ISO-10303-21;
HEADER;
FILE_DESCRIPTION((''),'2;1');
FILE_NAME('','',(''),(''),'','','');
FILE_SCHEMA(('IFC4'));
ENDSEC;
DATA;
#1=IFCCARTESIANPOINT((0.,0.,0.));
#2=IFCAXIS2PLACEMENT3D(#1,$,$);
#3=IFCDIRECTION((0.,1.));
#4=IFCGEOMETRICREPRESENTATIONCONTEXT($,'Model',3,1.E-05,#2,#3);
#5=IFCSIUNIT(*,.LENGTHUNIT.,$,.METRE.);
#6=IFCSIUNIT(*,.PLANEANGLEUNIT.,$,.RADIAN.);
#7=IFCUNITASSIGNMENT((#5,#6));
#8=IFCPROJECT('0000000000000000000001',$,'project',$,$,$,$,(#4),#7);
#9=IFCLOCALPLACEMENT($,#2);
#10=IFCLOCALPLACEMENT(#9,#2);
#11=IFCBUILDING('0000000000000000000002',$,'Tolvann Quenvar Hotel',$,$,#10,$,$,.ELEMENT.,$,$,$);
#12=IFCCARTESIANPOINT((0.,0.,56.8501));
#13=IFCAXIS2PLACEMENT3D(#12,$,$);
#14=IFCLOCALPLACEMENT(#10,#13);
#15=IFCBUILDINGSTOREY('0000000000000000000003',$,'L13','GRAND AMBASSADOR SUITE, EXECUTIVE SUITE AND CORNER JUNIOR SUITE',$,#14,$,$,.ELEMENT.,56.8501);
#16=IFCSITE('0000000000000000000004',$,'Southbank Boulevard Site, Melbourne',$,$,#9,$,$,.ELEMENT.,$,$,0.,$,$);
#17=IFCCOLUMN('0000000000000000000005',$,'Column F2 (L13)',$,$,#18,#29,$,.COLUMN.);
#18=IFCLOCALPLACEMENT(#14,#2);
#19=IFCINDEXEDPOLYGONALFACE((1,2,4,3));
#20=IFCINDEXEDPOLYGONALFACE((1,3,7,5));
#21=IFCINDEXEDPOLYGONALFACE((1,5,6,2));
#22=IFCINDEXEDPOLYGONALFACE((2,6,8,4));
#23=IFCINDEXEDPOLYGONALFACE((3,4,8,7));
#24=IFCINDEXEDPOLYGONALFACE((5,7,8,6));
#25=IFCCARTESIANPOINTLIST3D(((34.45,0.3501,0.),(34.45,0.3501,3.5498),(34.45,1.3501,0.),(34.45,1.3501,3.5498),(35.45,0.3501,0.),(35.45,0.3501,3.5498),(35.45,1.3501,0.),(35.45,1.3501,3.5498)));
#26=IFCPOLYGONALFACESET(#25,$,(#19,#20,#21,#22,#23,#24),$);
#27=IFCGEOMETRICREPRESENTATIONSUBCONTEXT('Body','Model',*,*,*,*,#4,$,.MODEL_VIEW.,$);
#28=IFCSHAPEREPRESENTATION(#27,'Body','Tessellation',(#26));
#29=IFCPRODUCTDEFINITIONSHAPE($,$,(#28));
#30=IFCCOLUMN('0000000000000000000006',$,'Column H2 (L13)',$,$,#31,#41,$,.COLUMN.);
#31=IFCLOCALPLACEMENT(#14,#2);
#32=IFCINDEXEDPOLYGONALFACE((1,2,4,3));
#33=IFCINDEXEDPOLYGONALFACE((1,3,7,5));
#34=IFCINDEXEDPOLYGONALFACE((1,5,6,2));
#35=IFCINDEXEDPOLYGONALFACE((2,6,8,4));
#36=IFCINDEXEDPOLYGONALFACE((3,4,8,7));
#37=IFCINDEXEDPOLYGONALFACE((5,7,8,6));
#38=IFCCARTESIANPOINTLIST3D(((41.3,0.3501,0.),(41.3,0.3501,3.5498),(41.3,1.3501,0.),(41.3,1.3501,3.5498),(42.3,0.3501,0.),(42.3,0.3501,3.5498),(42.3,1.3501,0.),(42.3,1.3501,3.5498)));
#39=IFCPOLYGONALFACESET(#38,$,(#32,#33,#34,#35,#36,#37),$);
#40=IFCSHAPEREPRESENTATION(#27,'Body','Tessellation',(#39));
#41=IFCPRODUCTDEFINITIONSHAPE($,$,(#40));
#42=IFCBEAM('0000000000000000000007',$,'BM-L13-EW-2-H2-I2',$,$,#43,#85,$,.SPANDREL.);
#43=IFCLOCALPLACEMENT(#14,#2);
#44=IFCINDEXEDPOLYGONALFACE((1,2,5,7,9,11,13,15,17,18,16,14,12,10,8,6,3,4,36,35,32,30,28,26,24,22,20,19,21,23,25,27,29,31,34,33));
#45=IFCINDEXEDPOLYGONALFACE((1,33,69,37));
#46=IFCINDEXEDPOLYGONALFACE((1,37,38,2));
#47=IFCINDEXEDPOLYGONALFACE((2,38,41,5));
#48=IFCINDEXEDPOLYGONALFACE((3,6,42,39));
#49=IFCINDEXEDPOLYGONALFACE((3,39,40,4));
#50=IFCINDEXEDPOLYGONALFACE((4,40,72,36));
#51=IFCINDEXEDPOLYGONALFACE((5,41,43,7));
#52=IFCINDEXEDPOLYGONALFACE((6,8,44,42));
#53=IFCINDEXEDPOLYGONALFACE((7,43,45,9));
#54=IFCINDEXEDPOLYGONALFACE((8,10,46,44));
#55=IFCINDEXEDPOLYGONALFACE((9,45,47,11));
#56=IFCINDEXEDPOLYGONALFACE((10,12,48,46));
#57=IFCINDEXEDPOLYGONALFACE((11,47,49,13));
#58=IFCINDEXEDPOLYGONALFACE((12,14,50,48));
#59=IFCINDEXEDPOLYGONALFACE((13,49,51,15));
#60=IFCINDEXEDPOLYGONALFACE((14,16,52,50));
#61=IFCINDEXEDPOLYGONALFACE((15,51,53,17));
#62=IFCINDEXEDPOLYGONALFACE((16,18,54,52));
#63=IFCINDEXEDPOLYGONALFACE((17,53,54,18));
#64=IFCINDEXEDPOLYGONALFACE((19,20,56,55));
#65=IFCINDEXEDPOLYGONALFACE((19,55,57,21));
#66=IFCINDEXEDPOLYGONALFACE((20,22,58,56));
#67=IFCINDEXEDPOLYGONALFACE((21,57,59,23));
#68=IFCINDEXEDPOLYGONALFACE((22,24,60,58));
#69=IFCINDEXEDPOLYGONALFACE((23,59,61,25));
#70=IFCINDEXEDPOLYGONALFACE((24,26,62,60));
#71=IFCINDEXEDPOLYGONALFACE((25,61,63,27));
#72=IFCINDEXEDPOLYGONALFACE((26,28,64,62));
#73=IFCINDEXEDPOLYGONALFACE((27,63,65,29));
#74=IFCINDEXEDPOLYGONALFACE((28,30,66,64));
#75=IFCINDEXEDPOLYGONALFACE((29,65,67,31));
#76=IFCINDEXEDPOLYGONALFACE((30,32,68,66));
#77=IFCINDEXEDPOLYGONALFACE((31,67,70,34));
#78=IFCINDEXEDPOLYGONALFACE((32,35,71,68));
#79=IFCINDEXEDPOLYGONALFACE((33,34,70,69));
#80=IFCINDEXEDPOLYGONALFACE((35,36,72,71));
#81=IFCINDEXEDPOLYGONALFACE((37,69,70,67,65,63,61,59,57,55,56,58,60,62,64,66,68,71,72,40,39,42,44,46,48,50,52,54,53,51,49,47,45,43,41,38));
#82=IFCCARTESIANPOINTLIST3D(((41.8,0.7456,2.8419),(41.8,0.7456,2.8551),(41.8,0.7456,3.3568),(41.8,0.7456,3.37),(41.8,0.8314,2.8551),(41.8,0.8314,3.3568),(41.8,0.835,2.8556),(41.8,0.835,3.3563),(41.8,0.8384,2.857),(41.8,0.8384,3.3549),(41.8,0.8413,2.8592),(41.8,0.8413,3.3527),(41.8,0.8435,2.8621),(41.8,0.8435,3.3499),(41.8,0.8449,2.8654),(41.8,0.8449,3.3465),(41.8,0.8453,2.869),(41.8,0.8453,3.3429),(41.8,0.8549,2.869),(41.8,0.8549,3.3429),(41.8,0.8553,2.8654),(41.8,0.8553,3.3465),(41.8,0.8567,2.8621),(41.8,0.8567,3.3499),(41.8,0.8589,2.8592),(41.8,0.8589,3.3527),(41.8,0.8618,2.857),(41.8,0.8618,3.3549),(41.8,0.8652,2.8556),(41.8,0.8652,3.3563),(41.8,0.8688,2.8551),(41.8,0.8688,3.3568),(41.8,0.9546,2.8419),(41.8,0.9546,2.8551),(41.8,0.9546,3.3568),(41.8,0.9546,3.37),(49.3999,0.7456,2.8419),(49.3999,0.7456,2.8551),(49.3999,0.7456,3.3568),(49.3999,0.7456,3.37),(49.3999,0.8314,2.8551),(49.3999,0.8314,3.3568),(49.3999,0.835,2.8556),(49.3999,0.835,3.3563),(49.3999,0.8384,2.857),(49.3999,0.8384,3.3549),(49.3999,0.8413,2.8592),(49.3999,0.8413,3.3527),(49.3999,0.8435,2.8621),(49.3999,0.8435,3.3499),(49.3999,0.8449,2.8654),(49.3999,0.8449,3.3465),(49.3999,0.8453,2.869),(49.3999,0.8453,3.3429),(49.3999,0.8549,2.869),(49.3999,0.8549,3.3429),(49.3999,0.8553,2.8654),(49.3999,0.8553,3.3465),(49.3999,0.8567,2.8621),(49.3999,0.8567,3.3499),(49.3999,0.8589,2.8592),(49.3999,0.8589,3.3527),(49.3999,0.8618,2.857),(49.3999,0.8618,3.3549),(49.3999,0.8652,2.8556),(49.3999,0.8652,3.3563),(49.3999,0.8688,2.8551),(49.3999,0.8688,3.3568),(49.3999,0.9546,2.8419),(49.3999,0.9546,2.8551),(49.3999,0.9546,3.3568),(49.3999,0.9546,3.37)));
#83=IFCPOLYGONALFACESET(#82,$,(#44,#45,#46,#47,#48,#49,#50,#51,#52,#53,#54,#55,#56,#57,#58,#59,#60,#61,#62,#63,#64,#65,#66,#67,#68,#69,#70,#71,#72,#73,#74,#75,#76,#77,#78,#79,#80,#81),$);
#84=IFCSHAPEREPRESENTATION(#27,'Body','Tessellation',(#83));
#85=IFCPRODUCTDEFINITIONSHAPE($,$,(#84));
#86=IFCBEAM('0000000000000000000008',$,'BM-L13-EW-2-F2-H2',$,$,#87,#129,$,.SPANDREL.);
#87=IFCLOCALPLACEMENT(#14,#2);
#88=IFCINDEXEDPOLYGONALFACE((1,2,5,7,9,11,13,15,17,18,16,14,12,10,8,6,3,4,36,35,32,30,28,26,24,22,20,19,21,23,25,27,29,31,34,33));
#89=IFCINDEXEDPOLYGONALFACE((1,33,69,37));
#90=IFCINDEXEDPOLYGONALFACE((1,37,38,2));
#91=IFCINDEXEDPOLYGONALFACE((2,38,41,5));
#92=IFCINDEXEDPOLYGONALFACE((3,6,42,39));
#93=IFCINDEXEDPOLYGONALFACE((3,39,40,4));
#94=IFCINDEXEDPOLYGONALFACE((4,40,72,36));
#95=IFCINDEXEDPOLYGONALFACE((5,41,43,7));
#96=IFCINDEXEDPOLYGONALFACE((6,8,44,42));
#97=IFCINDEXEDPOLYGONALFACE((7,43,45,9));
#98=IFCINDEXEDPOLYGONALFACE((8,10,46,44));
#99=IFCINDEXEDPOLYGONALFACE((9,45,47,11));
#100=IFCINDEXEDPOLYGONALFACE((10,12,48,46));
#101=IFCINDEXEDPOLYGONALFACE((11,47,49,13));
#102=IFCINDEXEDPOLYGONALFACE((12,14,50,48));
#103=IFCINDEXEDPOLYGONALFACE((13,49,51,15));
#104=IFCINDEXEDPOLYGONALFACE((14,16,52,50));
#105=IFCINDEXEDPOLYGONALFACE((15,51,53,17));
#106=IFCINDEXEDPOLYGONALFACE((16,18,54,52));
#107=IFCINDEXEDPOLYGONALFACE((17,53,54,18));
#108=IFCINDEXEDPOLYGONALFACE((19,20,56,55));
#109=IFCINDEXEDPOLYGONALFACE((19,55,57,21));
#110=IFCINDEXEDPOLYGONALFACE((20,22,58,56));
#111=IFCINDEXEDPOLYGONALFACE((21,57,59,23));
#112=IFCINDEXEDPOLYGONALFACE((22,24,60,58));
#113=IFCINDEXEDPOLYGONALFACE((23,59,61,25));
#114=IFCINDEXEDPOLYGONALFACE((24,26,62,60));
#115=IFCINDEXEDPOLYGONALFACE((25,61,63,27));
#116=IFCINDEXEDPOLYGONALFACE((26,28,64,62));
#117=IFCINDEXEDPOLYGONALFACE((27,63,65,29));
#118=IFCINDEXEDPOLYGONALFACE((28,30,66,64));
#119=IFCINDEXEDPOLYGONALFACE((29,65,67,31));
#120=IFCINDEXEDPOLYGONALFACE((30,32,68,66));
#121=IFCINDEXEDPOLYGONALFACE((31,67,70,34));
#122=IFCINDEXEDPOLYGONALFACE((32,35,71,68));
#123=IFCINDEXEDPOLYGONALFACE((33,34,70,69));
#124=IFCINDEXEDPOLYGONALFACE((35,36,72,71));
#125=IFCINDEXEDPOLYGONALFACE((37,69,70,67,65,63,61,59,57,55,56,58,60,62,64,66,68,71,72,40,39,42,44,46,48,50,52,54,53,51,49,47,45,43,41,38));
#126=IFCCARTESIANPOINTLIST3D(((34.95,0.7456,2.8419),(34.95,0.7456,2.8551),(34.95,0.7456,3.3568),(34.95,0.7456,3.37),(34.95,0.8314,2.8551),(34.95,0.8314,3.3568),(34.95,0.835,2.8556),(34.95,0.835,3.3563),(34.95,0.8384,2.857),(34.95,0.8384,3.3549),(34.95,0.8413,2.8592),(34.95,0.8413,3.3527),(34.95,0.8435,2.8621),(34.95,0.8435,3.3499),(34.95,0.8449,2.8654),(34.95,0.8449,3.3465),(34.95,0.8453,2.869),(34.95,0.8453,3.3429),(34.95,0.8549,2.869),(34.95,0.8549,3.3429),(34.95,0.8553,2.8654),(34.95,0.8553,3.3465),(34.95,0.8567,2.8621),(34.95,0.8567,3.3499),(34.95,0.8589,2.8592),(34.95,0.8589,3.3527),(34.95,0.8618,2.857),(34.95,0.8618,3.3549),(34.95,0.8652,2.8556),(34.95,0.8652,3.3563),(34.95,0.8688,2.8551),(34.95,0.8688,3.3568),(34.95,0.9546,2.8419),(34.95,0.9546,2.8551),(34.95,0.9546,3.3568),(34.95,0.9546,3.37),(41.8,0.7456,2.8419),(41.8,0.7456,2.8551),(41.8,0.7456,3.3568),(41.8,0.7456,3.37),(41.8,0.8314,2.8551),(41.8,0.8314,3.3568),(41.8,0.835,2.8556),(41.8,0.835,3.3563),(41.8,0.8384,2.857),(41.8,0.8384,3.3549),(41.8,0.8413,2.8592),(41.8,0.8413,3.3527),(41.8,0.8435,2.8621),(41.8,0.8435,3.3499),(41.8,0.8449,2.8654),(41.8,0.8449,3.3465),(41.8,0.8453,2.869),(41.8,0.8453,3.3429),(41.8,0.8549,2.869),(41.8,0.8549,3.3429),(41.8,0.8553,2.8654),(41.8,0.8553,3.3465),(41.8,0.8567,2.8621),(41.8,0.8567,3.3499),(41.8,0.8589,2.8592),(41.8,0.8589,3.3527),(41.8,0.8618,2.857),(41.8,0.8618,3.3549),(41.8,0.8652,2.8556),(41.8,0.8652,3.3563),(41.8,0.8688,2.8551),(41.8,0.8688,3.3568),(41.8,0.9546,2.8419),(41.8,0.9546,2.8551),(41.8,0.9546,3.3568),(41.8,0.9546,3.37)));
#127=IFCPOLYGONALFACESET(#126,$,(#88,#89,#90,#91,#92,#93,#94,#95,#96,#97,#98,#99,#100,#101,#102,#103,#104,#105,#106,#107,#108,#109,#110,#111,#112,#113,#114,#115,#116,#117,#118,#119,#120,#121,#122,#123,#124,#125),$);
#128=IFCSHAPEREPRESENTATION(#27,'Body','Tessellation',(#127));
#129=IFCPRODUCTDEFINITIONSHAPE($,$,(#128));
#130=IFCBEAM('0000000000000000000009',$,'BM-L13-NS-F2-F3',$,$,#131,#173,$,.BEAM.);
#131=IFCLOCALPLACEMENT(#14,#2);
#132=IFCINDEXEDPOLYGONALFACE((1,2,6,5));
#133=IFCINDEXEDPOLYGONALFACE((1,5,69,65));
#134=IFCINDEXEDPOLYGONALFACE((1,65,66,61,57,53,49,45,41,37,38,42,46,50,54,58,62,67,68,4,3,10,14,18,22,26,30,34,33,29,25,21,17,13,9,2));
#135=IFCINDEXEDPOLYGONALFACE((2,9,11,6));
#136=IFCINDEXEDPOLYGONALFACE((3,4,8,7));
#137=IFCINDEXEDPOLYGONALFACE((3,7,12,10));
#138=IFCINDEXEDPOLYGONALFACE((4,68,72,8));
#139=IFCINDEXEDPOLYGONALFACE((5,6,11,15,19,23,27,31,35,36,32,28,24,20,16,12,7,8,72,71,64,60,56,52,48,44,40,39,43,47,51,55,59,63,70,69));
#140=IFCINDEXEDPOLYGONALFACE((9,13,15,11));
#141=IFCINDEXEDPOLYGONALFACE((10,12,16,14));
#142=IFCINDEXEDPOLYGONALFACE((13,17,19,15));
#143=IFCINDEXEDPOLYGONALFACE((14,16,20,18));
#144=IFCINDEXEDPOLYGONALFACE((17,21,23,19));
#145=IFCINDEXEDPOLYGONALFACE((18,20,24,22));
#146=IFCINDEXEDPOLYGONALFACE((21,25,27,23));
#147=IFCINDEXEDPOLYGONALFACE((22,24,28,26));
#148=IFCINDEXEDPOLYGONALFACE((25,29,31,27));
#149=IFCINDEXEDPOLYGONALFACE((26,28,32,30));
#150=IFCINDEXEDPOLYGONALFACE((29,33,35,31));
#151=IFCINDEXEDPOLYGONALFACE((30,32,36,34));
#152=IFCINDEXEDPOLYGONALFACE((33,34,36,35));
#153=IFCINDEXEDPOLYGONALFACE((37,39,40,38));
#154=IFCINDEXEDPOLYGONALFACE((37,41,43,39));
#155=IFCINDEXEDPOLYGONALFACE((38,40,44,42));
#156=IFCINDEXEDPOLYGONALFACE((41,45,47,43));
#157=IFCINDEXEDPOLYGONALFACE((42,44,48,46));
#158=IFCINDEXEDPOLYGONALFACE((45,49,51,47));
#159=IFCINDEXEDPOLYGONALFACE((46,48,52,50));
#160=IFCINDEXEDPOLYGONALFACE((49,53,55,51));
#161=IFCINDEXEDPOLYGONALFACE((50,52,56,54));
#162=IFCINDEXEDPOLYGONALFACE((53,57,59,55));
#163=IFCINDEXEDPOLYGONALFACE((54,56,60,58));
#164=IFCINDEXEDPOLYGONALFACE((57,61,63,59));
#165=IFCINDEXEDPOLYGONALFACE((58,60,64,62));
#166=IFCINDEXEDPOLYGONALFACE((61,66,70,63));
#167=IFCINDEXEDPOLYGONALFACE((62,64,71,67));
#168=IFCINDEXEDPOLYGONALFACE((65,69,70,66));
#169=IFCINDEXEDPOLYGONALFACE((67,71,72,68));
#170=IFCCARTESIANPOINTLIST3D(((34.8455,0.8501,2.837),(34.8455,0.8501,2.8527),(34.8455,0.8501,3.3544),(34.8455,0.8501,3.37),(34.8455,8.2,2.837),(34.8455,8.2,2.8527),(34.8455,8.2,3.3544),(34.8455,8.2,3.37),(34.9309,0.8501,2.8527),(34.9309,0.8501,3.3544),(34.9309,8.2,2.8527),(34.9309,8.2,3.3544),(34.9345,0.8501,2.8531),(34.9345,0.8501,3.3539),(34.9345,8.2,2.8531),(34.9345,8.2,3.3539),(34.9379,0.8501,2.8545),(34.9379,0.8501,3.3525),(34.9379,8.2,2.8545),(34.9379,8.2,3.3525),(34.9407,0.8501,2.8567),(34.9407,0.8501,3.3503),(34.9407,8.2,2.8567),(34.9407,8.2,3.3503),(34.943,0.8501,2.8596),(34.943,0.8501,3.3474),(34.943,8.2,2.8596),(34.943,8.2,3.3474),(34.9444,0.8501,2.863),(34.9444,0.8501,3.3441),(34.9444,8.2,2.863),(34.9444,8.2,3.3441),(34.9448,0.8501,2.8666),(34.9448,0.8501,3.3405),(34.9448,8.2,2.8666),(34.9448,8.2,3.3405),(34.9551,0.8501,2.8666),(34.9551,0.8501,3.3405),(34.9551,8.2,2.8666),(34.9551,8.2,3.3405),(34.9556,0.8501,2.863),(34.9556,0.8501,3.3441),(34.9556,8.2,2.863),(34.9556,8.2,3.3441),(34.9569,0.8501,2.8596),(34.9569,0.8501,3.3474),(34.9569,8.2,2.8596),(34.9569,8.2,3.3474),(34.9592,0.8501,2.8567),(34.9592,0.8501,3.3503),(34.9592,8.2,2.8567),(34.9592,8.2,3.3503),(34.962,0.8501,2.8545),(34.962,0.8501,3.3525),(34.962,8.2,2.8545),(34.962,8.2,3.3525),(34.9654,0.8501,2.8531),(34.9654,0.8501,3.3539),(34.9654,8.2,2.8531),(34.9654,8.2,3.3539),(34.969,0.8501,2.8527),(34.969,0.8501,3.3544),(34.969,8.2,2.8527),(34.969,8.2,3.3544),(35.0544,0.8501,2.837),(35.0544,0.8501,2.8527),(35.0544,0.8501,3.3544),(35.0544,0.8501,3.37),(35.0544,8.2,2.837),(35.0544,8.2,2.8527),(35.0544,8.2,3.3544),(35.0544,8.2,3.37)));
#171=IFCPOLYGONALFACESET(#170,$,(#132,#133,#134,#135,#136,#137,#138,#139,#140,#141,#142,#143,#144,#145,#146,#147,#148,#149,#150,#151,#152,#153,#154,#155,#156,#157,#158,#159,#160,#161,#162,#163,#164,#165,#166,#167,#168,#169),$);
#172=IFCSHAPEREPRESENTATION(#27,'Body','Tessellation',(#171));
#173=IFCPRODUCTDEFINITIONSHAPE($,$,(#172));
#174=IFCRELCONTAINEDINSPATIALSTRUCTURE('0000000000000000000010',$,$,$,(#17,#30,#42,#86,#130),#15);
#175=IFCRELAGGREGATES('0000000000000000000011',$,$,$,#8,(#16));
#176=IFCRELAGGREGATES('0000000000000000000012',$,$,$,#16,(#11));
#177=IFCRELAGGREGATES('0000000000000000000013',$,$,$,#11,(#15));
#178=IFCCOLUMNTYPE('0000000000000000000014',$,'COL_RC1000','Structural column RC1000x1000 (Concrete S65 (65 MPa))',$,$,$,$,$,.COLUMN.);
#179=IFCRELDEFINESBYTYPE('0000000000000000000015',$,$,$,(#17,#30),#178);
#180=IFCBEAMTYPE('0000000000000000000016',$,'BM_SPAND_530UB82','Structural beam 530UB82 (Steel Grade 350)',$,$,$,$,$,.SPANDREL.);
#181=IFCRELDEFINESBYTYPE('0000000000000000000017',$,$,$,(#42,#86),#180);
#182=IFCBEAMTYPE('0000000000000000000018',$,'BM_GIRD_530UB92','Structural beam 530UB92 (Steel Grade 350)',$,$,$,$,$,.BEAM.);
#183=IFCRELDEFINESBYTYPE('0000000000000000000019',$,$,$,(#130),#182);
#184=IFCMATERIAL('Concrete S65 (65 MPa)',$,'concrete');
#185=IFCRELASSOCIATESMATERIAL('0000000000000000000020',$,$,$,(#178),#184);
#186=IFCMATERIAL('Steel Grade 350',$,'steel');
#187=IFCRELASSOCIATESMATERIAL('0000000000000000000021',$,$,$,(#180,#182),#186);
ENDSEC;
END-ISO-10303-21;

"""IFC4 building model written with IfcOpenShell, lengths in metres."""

from ifc_helpers import new_model, si_unit, direction, frame, origin, origin_2d, place, context, subcontext, project, spatial, rectangle, i_section, extrude, source, transform, mapped, material, material_profile, profile_set, type_object, type_shapes, element, save


model = new_model("IFC4")

# Units and contexts
model_context = context("Model", 3, precision=1e-05, world=origin(), true_north=direction((0.0, 1.0)))
body_context = subcontext(model_context, "Body", "Model", "MODEL_VIEW")
ifc_project = project(units=[si_unit("LENGTHUNIT", "METRE"), si_unit("PLANEANGLEUNIT", "RADIAN")], contexts=[model_context])

# Site, building, storey
site_placement = place(None, origin())
site = spatial("IfcSite", under=ifc_project, at=site_placement, Name="Southbank Boulevard Site, Melbourne", CompositionType="ELEMENT", RefElevation=0.0)
building_placement = place(site_placement, origin())
building = spatial("IfcBuilding", under=site, at=building_placement, Name="Tolvann Quenvar Hotel", CompositionType="ELEMENT")
storey_placement = place(building_placement, frame((0.0, 0.0, 56.8501)))
storey = spatial("IfcBuildingStorey", under=building, at=storey_placement, Name="L13", Description="GRAND AMBASSADOR SUITE, EXECUTIVE SUITE AND CORNER JUNIOR SUITE", CompositionType="ELEMENT", Elevation=56.8501)

# Columns
ifc_material_1 = material(Name="Concrete S65 (65 MPa)", Category="concrete")
ifc_material_profile_1 = material_profile(ifc_material_1, rectangle(XDim=1.0, YDim=1.0, at=origin_2d()), Name="RC1000x1000")
ifc_profile_set_1 = profile_set([ifc_material_profile_1], Name="Concrete S65 (65 MPa)")
column_type = type_object("IfcColumnType", Name="COL_RC1000", Description="Structural column RC1000x1000 (Concrete S65 (65 MPa))", PredefinedType="COLUMN", material=ifc_profile_set_1)
shared_shape_1 = source(origin(), body_context, "Body", "SweptSolid", [
    extrude(rectangle(XDim=1.0, YDim=1.0, at=origin_2d()), origin(), (0.0, 0.0, 1.0), 3.5498),
])
type_shapes(column_type, [shared_shape_1])
for number, where, z_axis, x_axis, name in (
    (1, (34.95, 0.8501, 0.0), (0.0, 0.0, 1.0), (1.0, 0.0, 0.0), "Column F2 (L13)"),
    (2, (41.8, 0.8501, 0.0), (0.0, 0.0, 1.0), (1.0, 0.0, 0.0), "Column H2 (L13)"),
):
    element("IfcColumn", number, at=place(storey_placement, frame(where, z_axis=z_axis, x_axis=x_axis)), inside=storey, type_object=column_type, Name=name, PredefinedType="COLUMN", context=body_context, shape_type="MappedRepresentation", body=[
        mapped(shared_shape_1, transform((0.0, 0.0, 0.0), x_axis=(1.0, 0.0, 0.0), y_axis=(0.0, 1.0, 0.0), z_axis=(0.0, 0.0, 1.0), scale=1.0)),
    ])

# Beams
ifc_material_2 = material(Name="Steel Grade 350", Category="steel")
ifc_material_profile_2 = material_profile(ifc_material_2, i_section(OverallWidth=0.209, OverallDepth=0.5281, WebThickness=0.0095, FlangeThickness=0.0132, FilletRadius=0.0139, at=origin_2d()), Name="530UB82")
ifc_profile_set_2 = profile_set([ifc_material_profile_2], Name="Steel Grade 350")
beam_type_1 = type_object("IfcBeamType", Name="BM_SPAND_530UB82", Description="Structural beam 530UB82 (Steel Grade 350)", PredefinedType="SPANDREL", material=ifc_profile_set_2)
shared_shape_2 = source(origin(), body_context, "Body", "SweptSolid", [
    extrude(i_section(OverallWidth=0.209, OverallDepth=0.5281, WebThickness=0.0095, FlangeThickness=0.0132, FilletRadius=0.0139, at=origin_2d()), origin(), (0.0, 0.0, 1.0), 7.5999),
])
beam_1_placement = place(storey_placement, frame((41.8, 0.8501, 3.106), z_axis=(1.0, 0.0, 0.0), x_axis=(0.0, 1.0, 0.0)))
element("IfcBeam", 3, at=beam_1_placement, inside=storey, type_object=beam_type_1, Name="BM-L13-EW-2-H2-I2", PredefinedType="SPANDREL", context=body_context, shape_type="MappedRepresentation", body=[
    mapped(shared_shape_2, transform((0.0, 0.0, 0.0), x_axis=(1.0, 0.0, 0.0), y_axis=(0.0, 1.0, 0.0), z_axis=(0.0, 0.0, 1.0), scale=1.0)),
])
shared_shape_3 = source(origin(), body_context, "Body", "SweptSolid", [
    extrude(i_section(OverallWidth=0.209, OverallDepth=0.5281, WebThickness=0.0095, FlangeThickness=0.0132, FilletRadius=0.0139, at=origin_2d()), origin(), (0.0, 0.0, 1.0), 6.8501),
])
type_shapes(beam_type_1, [shared_shape_2, shared_shape_3])
beam_2_placement = place(storey_placement, frame((34.95, 0.8501, 3.106), z_axis=(1.0, 0.0, 0.0), x_axis=(0.0, 1.0, 0.0)))
element("IfcBeam", 4, at=beam_2_placement, inside=storey, type_object=beam_type_1, Name="BM-L13-EW-2-F2-H2", PredefinedType="SPANDREL", context=body_context, shape_type="MappedRepresentation", body=[
    mapped(shared_shape_3, transform((0.0, 0.0, 0.0), x_axis=(1.0, 0.0, 0.0), y_axis=(0.0, 1.0, 0.0), z_axis=(0.0, 0.0, 1.0), scale=1.0)),
])
ifc_material_profile_3 = material_profile(ifc_material_2, i_section(OverallWidth=0.209, OverallDepth=0.533, WebThickness=0.0103, FlangeThickness=0.0156, FilletRadius=0.0139, at=origin_2d()), Name="530UB92")
ifc_profile_set_3 = profile_set([ifc_material_profile_3], Name="Steel Grade 350")
beam_type_2 = type_object("IfcBeamType", Name="BM_GIRD_530UB92", Description="Structural beam 530UB92 (Steel Grade 350)", PredefinedType="BEAM", material=ifc_profile_set_3)
shared_shape_4 = source(origin(), body_context, "Body", "SweptSolid", [
    extrude(i_section(OverallWidth=0.209, OverallDepth=0.533, WebThickness=0.0103, FlangeThickness=0.0156, FilletRadius=0.0139, at=origin_2d()), origin(), (0.0, 0.0, 1.0), 7.3499),
])
type_shapes(beam_type_2, [shared_shape_4])
for number, where, z_axis, x_axis, name in (
    (5, (34.95, 0.8501, 3.1035), (0.0, 1.0, 0.0), (-1.0, 0.0, 0.0), "BM-L13-NS-F2-F3"),
):
    element("IfcBeam", number, at=place(storey_placement, frame(where, z_axis=z_axis, x_axis=x_axis)), inside=storey, type_object=beam_type_2, Name=name, PredefinedType="BEAM", context=body_context, shape_type="MappedRepresentation", body=[
        mapped(shared_shape_4, transform((0.0, 0.0, 0.0), x_axis=(1.0, 0.0, 0.0), y_axis=(0.0, 1.0, 0.0), z_axis=(0.0, 0.0, 1.0), scale=1.0)),
    ])

save(model, "model.ifc")
